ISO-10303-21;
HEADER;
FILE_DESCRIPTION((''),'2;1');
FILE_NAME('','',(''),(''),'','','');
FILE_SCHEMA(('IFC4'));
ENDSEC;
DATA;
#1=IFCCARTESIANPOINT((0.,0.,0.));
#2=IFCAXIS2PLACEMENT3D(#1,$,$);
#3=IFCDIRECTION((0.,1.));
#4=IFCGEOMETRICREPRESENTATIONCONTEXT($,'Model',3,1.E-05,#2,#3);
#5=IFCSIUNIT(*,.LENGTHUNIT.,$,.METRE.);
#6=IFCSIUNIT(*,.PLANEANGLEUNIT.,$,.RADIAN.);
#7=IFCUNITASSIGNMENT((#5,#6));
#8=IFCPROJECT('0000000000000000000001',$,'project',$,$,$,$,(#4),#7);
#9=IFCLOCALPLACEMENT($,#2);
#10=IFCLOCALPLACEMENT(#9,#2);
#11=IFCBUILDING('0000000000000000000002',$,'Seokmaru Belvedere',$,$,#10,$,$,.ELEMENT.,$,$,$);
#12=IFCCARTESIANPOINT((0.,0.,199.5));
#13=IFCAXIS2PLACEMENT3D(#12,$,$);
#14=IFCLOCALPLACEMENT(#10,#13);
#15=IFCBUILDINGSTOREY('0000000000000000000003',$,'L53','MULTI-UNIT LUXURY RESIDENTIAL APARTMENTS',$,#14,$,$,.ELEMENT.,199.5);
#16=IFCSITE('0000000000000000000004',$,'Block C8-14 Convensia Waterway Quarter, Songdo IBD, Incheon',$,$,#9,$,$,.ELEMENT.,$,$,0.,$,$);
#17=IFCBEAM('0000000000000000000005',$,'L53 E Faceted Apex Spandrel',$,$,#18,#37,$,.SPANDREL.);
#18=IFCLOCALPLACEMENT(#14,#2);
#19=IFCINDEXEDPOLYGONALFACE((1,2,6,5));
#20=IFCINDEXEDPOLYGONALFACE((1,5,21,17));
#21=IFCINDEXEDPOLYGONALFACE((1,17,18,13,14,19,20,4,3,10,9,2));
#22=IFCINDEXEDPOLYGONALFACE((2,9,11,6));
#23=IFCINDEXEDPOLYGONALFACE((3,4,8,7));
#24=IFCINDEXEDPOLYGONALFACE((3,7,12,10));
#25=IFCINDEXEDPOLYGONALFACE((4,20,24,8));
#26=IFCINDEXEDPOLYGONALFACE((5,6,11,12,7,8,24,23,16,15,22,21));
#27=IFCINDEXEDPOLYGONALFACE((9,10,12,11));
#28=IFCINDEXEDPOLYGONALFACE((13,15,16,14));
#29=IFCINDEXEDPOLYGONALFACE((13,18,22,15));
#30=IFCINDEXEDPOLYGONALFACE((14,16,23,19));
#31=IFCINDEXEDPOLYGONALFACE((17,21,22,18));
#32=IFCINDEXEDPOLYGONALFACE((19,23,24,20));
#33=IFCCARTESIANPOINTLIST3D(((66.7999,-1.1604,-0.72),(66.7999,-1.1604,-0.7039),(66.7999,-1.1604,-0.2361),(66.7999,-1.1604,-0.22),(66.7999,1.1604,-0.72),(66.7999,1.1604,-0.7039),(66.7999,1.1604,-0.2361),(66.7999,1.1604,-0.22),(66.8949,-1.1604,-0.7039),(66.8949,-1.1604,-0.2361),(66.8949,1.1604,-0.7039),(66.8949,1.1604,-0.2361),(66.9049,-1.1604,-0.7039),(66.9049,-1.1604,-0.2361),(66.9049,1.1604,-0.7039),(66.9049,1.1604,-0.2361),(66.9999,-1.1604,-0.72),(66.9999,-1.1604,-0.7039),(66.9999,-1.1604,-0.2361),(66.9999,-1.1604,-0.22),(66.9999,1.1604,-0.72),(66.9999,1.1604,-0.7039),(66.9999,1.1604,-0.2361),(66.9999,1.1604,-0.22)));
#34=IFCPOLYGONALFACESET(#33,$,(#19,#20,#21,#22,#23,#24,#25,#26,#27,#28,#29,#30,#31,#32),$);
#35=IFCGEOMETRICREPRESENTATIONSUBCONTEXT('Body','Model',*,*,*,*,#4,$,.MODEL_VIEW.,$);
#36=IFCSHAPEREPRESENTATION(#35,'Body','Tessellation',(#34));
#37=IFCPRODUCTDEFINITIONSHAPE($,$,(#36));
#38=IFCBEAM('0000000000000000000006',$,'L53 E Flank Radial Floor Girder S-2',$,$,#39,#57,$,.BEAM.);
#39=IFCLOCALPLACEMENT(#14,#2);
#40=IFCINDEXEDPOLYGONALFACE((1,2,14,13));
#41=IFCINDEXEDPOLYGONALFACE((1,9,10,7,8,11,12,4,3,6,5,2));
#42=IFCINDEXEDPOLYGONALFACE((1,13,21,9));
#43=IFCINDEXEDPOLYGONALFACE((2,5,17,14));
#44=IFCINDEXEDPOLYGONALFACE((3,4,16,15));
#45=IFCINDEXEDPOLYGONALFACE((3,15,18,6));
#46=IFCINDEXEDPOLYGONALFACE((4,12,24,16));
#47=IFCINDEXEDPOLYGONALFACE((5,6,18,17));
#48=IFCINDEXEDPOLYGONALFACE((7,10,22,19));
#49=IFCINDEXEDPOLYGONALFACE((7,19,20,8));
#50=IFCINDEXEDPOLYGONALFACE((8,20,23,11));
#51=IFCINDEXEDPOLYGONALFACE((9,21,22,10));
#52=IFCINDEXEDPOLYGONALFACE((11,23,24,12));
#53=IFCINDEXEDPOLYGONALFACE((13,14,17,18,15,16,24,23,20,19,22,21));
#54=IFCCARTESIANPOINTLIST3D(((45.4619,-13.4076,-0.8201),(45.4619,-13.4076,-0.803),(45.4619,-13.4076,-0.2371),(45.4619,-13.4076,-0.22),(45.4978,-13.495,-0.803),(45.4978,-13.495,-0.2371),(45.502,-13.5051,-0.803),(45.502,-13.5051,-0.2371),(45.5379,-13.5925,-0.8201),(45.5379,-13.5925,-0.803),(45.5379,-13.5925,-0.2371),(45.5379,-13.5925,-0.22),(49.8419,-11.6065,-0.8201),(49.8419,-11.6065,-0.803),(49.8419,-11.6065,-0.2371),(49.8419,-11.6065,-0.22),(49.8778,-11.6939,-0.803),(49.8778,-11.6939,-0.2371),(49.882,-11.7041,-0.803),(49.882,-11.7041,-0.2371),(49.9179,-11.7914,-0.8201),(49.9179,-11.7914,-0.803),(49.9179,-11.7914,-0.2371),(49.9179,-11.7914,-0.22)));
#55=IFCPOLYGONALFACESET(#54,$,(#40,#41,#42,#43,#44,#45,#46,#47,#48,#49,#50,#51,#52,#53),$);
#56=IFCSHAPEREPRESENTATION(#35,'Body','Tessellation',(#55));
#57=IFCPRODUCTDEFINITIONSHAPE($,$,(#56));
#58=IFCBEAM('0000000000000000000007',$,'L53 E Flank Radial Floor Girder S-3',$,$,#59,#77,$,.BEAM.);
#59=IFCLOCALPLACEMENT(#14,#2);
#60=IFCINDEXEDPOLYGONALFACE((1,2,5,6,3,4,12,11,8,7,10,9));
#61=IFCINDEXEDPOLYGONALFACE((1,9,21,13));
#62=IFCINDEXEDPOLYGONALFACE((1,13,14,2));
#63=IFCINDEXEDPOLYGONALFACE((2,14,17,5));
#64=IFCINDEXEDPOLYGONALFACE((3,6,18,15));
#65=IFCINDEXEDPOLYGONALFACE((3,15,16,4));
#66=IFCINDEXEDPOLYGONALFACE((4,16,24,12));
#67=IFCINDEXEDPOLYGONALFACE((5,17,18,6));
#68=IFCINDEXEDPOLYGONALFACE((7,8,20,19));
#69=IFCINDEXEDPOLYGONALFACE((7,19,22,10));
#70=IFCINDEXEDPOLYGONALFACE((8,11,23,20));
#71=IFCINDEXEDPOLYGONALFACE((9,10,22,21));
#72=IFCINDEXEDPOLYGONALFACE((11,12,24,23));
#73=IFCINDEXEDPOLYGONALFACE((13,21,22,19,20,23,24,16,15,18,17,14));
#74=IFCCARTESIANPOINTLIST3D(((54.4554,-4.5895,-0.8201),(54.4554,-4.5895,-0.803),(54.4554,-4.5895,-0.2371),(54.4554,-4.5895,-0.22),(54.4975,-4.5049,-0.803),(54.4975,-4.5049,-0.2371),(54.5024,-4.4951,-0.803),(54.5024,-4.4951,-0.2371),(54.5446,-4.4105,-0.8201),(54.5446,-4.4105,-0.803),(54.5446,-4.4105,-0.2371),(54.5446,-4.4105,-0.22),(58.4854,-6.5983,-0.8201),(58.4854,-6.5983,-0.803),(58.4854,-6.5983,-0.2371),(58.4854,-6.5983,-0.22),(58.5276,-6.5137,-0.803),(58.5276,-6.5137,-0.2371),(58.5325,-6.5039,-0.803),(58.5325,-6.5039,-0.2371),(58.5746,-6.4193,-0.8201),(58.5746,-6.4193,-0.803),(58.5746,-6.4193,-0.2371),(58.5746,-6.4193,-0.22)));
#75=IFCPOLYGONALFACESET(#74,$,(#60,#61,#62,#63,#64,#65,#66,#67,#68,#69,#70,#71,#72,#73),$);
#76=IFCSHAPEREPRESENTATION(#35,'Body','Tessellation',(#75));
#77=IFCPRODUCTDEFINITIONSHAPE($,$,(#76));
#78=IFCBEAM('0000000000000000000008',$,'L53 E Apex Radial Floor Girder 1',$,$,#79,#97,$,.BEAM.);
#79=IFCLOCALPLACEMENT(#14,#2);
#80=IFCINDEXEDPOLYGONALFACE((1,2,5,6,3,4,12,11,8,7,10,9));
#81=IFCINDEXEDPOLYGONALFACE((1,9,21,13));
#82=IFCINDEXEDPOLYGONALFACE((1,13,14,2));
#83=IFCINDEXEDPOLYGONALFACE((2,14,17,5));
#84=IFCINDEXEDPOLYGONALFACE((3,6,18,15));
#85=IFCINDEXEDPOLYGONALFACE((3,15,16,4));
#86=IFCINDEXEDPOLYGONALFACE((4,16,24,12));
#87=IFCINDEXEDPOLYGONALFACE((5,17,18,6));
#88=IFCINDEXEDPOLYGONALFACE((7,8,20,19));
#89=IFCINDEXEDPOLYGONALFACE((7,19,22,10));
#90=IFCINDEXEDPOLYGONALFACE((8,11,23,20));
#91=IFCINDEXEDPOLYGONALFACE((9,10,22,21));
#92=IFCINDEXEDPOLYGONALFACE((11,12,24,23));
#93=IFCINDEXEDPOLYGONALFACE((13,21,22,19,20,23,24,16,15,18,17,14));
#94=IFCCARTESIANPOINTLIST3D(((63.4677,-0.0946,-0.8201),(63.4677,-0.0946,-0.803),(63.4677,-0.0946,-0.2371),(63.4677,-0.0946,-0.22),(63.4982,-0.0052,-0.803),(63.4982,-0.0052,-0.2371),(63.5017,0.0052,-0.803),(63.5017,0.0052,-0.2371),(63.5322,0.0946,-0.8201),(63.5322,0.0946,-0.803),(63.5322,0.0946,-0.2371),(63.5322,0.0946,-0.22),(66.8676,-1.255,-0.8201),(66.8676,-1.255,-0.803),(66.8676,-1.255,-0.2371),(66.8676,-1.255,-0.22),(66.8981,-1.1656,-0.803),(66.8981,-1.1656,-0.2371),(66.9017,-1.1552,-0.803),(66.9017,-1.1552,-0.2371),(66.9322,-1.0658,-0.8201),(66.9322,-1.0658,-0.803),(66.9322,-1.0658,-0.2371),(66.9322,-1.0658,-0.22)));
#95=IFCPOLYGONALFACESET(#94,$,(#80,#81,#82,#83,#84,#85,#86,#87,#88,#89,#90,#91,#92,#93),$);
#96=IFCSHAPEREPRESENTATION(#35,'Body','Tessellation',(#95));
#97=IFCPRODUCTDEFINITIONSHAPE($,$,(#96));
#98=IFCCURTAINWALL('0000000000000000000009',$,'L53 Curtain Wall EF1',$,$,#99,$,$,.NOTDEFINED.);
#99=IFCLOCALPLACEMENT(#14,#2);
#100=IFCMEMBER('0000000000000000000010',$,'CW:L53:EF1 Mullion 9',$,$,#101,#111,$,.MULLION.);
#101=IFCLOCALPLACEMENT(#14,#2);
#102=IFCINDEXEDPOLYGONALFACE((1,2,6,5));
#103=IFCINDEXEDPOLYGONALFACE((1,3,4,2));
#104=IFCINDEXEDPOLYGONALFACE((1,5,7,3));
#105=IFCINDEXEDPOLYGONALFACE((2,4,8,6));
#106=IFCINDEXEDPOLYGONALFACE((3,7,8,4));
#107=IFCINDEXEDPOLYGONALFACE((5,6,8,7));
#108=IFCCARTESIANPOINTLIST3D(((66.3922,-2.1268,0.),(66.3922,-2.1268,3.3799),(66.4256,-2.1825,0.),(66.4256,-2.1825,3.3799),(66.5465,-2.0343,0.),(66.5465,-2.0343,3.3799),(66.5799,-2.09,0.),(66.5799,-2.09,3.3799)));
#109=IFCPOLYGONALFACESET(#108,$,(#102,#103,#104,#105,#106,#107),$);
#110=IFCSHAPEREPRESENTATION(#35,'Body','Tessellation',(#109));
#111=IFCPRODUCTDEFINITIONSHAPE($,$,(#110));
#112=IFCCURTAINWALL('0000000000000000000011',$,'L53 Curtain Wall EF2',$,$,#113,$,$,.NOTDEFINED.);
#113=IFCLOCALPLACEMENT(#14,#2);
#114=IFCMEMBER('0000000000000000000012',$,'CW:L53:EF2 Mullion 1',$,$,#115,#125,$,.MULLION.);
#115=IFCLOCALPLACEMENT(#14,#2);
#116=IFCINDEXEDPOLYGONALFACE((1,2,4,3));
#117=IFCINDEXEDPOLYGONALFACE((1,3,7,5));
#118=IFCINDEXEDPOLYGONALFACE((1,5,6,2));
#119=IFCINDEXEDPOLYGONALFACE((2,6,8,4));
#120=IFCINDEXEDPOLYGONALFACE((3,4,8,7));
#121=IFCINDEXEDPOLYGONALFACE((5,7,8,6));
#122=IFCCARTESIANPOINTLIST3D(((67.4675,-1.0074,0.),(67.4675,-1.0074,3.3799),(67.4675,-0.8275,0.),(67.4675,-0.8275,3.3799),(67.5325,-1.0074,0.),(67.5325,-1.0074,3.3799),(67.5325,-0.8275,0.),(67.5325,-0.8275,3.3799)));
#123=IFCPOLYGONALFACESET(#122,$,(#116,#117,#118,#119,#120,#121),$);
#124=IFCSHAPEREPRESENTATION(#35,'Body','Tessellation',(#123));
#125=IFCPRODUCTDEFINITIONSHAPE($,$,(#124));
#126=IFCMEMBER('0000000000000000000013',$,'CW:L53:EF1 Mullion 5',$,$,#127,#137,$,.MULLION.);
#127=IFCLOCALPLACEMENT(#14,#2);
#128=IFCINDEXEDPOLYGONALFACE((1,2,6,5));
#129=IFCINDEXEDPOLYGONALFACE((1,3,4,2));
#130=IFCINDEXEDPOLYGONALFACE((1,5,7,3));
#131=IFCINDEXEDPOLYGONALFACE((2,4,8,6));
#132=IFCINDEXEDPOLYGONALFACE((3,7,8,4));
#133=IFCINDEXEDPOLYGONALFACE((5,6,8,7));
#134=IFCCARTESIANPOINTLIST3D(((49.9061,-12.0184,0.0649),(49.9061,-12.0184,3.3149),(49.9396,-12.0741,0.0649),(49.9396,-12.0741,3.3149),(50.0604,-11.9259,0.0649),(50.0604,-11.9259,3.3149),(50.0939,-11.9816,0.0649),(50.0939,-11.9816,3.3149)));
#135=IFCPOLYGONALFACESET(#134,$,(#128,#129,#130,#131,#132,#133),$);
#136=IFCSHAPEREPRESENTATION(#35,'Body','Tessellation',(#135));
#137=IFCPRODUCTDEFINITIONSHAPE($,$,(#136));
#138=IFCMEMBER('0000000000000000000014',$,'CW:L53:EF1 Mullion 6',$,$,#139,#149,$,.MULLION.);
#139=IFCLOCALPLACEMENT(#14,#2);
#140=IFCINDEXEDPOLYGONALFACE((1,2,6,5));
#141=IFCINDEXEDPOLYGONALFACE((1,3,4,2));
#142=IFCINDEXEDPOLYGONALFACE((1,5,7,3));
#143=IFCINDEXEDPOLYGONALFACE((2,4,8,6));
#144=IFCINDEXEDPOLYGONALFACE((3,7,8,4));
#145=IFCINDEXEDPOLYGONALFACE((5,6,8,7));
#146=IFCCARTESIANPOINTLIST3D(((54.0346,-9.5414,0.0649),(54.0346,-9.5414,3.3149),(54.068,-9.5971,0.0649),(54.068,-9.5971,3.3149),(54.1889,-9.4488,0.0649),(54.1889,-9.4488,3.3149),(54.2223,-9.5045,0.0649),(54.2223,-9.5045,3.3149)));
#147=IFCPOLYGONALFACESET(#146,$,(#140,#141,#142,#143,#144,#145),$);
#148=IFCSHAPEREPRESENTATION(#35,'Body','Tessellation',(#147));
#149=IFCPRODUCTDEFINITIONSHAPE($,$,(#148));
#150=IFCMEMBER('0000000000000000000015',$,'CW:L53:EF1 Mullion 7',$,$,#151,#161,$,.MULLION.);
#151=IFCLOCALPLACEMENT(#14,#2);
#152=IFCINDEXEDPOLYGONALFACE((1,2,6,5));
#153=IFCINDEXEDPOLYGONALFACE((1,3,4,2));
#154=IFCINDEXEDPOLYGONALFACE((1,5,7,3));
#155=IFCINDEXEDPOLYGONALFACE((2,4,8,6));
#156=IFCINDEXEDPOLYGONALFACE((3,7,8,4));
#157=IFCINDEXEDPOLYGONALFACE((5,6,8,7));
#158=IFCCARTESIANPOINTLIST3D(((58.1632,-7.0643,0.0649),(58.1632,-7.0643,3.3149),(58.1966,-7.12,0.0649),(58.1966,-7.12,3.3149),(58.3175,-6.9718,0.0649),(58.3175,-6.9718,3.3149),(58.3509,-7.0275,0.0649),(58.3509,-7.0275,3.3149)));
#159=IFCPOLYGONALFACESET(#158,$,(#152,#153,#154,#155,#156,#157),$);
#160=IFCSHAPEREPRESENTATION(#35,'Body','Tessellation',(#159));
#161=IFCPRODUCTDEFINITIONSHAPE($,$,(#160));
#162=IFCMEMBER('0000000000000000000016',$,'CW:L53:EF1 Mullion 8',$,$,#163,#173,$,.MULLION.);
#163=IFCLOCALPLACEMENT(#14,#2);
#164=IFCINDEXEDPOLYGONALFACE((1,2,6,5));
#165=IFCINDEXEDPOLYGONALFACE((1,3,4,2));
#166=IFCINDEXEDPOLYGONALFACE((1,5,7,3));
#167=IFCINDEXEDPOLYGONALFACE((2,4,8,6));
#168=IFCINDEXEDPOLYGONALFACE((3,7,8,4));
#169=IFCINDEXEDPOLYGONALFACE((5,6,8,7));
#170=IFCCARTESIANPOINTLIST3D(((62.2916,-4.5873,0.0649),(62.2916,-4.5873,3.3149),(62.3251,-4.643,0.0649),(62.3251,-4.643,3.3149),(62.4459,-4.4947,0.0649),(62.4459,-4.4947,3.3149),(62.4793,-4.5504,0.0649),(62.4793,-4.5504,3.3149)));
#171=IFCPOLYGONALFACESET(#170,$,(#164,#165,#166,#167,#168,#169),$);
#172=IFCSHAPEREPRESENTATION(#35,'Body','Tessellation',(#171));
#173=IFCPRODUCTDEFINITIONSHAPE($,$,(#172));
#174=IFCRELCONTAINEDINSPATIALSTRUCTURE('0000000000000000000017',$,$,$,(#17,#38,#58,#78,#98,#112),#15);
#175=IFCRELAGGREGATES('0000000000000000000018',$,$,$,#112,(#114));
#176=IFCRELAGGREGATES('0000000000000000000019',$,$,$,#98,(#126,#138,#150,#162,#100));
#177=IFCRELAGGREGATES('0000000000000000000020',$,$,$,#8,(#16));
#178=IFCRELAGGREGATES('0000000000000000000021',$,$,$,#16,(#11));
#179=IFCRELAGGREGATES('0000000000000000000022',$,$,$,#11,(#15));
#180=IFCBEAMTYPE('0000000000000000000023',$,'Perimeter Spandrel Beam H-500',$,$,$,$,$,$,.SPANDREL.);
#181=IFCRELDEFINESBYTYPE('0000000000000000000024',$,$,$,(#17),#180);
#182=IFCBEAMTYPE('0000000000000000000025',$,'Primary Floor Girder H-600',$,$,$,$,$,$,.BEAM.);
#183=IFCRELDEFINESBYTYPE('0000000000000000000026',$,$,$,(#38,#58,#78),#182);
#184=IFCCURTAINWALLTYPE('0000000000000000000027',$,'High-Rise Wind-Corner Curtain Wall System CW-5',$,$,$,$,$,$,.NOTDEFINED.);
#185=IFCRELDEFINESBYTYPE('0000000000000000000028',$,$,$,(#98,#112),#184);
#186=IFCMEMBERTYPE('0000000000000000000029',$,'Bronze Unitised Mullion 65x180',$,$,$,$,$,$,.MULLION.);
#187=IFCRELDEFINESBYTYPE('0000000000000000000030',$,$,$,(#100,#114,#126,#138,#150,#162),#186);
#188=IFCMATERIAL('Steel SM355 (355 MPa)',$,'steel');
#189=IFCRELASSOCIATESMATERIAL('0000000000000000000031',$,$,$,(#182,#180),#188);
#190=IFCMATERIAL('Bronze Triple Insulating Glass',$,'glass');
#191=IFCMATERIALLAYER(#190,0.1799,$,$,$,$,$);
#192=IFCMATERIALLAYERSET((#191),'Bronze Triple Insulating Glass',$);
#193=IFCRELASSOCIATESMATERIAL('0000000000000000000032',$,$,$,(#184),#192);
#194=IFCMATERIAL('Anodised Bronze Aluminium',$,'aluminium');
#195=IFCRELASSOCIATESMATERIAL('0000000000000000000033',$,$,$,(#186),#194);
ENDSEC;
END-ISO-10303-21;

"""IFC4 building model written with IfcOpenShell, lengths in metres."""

from ifc_helpers import new_model, si_unit, direction, frame, origin, origin_2d, place, context, subcontext, project, spatial, rectangle, i_section, extrude, source, transform, mapped, material, layer, layer_set, material_profile, profile_set, type_object, type_shapes, element, aggregate, save


model = new_model("IFC4")

# Units and contexts
model_context = context("Model", 3, precision=1e-05, world=origin(), true_north=direction((0.0, 1.0)))
body_context = subcontext(model_context, "Body", "Model", "MODEL_VIEW")
ifc_project = project(units=[si_unit("LENGTHUNIT", "METRE"), si_unit("PLANEANGLEUNIT", "RADIAN")], contexts=[model_context])

# Site, building, storey
site_placement = place(None, origin())
site = spatial("IfcSite", under=ifc_project, at=site_placement, Name="Block C8-14 Convensia Waterway Quarter, Songdo IBD, Incheon", CompositionType="ELEMENT", RefElevation=0.0)
building_placement = place(site_placement, origin())
building = spatial("IfcBuilding", under=site, at=building_placement, Name="Seokmaru Belvedere", CompositionType="ELEMENT")
storey_placement = place(building_placement, frame((0.0, 0.0, 199.5)))
storey = spatial("IfcBuildingStorey", under=building, at=storey_placement, Name="L53", Description="MULTI-UNIT LUXURY RESIDENTIAL APARTMENTS", CompositionType="ELEMENT", Elevation=199.5)

# Shared definitions
ifc_material_1 = material(Name="Steel SM355 (355 MPa)", Category="steel")

# Beams
ifc_material_profile_1 = material_profile(ifc_material_1, i_section(OverallWidth=0.2, OverallDepth=0.6001, WebThickness=0.011, FlangeThickness=0.0171, at=origin_2d()), Name="H-600x200x11x17")
ifc_profile_set_1 = profile_set([ifc_material_profile_1], Name="Steel SM355 (355 MPa)")
beam_type_1 = type_object("IfcBeamType", Name="Primary Floor Girder H-600", PredefinedType="BEAM", material=ifc_profile_set_1)
ifc_material_profile_2 = material_profile(ifc_material_1, i_section(OverallWidth=0.2, OverallDepth=0.5, WebThickness=0.01, FlangeThickness=0.0161, at=origin_2d()), Name="H-500x200x10x16")
ifc_profile_set_2 = profile_set([ifc_material_profile_2], Name="Steel SM355 (355 MPa)")
beam_type_2 = type_object("IfcBeamType", Name="Perimeter Spandrel Beam H-500", PredefinedType="SPANDREL", material=ifc_profile_set_2)
shared_shape_1 = source(origin(), body_context, "Body", "SweptSolid", [
    extrude(i_section(OverallWidth=0.2, OverallDepth=0.5, WebThickness=0.01, FlangeThickness=0.0161, at=origin_2d()), origin(), (0.0, 0.0, 1.0), 2.3208),
])
beam_1_placement = place(storey_placement, frame((66.8999, -1.1604, -0.47), z_axis=(0.0, 1.0, 0.0), x_axis=(-1.0, 0.0, 0.0)))
element("IfcBeam", 1, at=beam_1_placement, inside=storey, type_object=beam_type_2, Name="L53 E Faceted Apex Spandrel", PredefinedType="SPANDREL", context=body_context, shape_type="MappedRepresentation", body=[
    mapped(shared_shape_1, transform((0.0, 0.0, 0.0), scale=1.0)),
])
shared_shape_2 = source(origin(), body_context, "Body", "SweptSolid", [
    extrude(i_section(OverallWidth=0.2, OverallDepth=0.6001, WebThickness=0.011, FlangeThickness=0.0171, at=origin_2d()), origin(), (0.0, 0.0, 1.0), 4.7358),
])
beam_2_placement = place(storey_placement, frame((49.8799, -11.699, -0.52), z_axis=(-0.924861, -0.380306, 0.0), x_axis=(0.380306, -0.924861, 0.0)))
element("IfcBeam", 2, at=beam_2_placement, inside=storey, type_object=beam_type_1, Name="L53 E Flank Radial Floor Girder S-2", PredefinedType="BEAM", context=body_context, shape_type="MappedRepresentation", body=[
    mapped(shared_shape_2, transform((0.0, 0.0, 0.0), scale=1.0)),
])
shared_shape_3 = source(origin(), body_context, "Body", "SweptSolid", [
    extrude(i_section(OverallWidth=0.2, OverallDepth=0.6001, WebThickness=0.011, FlangeThickness=0.0171, at=origin_2d()), origin(), (0.0, 0.0, 1.0), 4.5029),
])
beam_3_placement = place(storey_placement, frame((58.53, -6.5088, -0.52), z_axis=(-0.89498, 0.446107, 0.0), x_axis=(-0.446107, -0.89498, 0.0)))
element("IfcBeam", 3, at=beam_3_placement, inside=storey, type_object=beam_type_1, Name="L53 E Flank Radial Floor Girder S-3", PredefinedType="BEAM", context=body_context, shape_type="MappedRepresentation", body=[
    mapped(shared_shape_3, transform((0.0, 0.0, 0.0), scale=1.0)),
])
shared_shape_4 = source(origin(), body_context, "Body", "SweptSolid", [
    extrude(i_section(OverallWidth=0.2, OverallDepth=0.6001, WebThickness=0.011, FlangeThickness=0.0171, at=origin_2d()), origin(), (0.0, 0.0, 1.0), 3.5925),
])
beam_4_placement = place(storey_placement, frame((66.8999, -1.1604, -0.52), z_axis=(-0.946396, 0.323009, 0.0), x_axis=(-0.323009, -0.946396, 0.0)))
element("IfcBeam", 4, at=beam_4_placement, inside=storey, type_object=beam_type_1, Name="L53 E Apex Radial Floor Girder 1", PredefinedType="BEAM", context=body_context, shape_type="MappedRepresentation", body=[
    mapped(shared_shape_4, transform((0.0, 0.0, 0.0), scale=1.0)),
])

# Curtain walls, members
ifc_material_2 = material(Name="Bronze Triple Insulating Glass", Category="glass")
ifc_layer_1 = layer(ifc_material_2, 0.1799)
ifc_layer_set_1 = layer_set([ifc_layer_1], Name="Bronze Triple Insulating Glass")
curtain_wall_type = type_object("IfcCurtainWallType", Name="High-Rise Wind-Corner Curtain Wall System CW-5", PredefinedType="NOTDEFINED", material=ifc_layer_set_1)
curtain_wall_1_placement = place(storey_placement, origin())
curtain_wall_1 = element("IfcCurtainWall", 5, at=curtain_wall_1_placement, inside=storey, type_object=curtain_wall_type, Name="L53 Curtain Wall EF1", PredefinedType="NOTDEFINED")
ifc_material_3 = material(Name="Anodised Bronze Aluminium", Category="aluminium")
ifc_material_profile_3 = material_profile(ifc_material_3, rectangle(XDim=0.0649, YDim=0.1799, at=origin_2d()), Name="CW-M-65x180")
ifc_profile_set_3 = profile_set([ifc_material_profile_3], Name="Anodised Bronze Aluminium")
member_type_1 = type_object("IfcMemberType", Name="Bronze Unitised Mullion 65x180", PredefinedType="MULLION", material=ifc_profile_set_3)
shared_shape_5 = source(origin(), body_context, "Body", "SweptSolid", [
    extrude(rectangle(XDim=0.0649, YDim=0.1799, at=origin_2d()), origin(), (0.0, 0.0, 1.0), 3.3799),
])
member_1_placement = place(storey_placement, frame((66.4861, -2.1084, 0.0), z_axis=(0.0, 0.0, 1.0), x_axis=(-0.514495, 0.857493, 0.0)))
member_1 = element("IfcMember", 6, at=member_1_placement, type_object=member_type_1, Name="CW:L53:EF1 Mullion 9", PredefinedType="MULLION", context=body_context, shape_type="MappedRepresentation", body=[
    mapped(shared_shape_5, transform((0.0, 0.0, 0.0), scale=1.0)),
])
curtain_wall_2_placement = place(storey_placement, origin())
curtain_wall_2 = element("IfcCurtainWall", 7, at=curtain_wall_2_placement, inside=storey, type_object=curtain_wall_type, Name="L53 Curtain Wall EF2", PredefinedType="NOTDEFINED")
member_2_placement = place(storey_placement, frame((67.5, -0.9175, 0.0), z_axis=(0.0, 0.0, 1.0), x_axis=(-1.0, 0.0, 0.0)))
member_2 = element("IfcMember", 8, at=member_2_placement, type_object=member_type_1, Name="CW:L53:EF2 Mullion 1", PredefinedType="MULLION", context=body_context, shape_type="MappedRepresentation", body=[
    mapped(shared_shape_5, transform((0.0, 0.0, 0.0), scale=1.0)),
])

# Members
shared_shape_6 = source(origin(), body_context, "Body", "SweptSolid", [
    extrude(rectangle(XDim=0.0649, YDim=0.1799, at=origin_2d()), origin(), (0.0, 0.0, 1.0), 3.25),
])
type_shapes(member_type_1, [shared_shape_5, shared_shape_6])
member_3_placement = place(storey_placement, frame((50.0, -12.0, 0.0649), z_axis=(0.0, 0.0, 1.0), x_axis=(-0.514495, 0.857493, 0.0)))
member_3 = element("IfcMember", 9, at=member_3_placement, type_object=member_type_1, Name="CW:L53:EF1 Mullion 5", PredefinedType="MULLION", context=body_context, shape_type="MappedRepresentation", body=[
    mapped(shared_shape_6, transform((0.0, 0.0, 0.0), scale=1.0)),
])
member_4_placement = place(storey_placement, frame((54.1284, -9.5229, 0.0649), z_axis=(0.0, 0.0, 1.0), x_axis=(-0.514495, 0.857493, 0.0)))
member_4 = element("IfcMember", 10, at=member_4_placement, type_object=member_type_1, Name="CW:L53:EF1 Mullion 6", PredefinedType="MULLION", context=body_context, shape_type="MappedRepresentation", body=[
    mapped(shared_shape_6, transform((0.0, 0.0, 0.0), scale=1.0)),
])
member_5_placement = place(storey_placement, frame((58.2571, -7.0459, 0.0649), z_axis=(0.0, 0.0, 1.0), x_axis=(-0.514495, 0.857493, 0.0)))
member_5 = element("IfcMember", 11, at=member_5_placement, type_object=member_type_1, Name="CW:L53:EF1 Mullion 7", PredefinedType="MULLION", context=body_context, shape_type="MappedRepresentation", body=[
    mapped(shared_shape_6, transform((0.0, 0.0, 0.0), scale=1.0)),
])
member_6_placement = place(storey_placement, frame((62.3855, -4.5688, 0.0649), z_axis=(0.0, 0.0, 1.0), x_axis=(-0.514495, 0.857493, 0.0)))
member_6 = element("IfcMember", 12, at=member_6_placement, type_object=member_type_1, Name="CW:L53:EF1 Mullion 8", PredefinedType="MULLION", context=body_context, shape_type="MappedRepresentation", body=[
    mapped(shared_shape_6, transform((0.0, 0.0, 0.0), scale=1.0)),
])
aggregate(curtain_wall_2, [member_2])

aggregate(curtain_wall_1, [member_3, member_4, member_5, member_6, member_1])

save(model, "model.ifc")
